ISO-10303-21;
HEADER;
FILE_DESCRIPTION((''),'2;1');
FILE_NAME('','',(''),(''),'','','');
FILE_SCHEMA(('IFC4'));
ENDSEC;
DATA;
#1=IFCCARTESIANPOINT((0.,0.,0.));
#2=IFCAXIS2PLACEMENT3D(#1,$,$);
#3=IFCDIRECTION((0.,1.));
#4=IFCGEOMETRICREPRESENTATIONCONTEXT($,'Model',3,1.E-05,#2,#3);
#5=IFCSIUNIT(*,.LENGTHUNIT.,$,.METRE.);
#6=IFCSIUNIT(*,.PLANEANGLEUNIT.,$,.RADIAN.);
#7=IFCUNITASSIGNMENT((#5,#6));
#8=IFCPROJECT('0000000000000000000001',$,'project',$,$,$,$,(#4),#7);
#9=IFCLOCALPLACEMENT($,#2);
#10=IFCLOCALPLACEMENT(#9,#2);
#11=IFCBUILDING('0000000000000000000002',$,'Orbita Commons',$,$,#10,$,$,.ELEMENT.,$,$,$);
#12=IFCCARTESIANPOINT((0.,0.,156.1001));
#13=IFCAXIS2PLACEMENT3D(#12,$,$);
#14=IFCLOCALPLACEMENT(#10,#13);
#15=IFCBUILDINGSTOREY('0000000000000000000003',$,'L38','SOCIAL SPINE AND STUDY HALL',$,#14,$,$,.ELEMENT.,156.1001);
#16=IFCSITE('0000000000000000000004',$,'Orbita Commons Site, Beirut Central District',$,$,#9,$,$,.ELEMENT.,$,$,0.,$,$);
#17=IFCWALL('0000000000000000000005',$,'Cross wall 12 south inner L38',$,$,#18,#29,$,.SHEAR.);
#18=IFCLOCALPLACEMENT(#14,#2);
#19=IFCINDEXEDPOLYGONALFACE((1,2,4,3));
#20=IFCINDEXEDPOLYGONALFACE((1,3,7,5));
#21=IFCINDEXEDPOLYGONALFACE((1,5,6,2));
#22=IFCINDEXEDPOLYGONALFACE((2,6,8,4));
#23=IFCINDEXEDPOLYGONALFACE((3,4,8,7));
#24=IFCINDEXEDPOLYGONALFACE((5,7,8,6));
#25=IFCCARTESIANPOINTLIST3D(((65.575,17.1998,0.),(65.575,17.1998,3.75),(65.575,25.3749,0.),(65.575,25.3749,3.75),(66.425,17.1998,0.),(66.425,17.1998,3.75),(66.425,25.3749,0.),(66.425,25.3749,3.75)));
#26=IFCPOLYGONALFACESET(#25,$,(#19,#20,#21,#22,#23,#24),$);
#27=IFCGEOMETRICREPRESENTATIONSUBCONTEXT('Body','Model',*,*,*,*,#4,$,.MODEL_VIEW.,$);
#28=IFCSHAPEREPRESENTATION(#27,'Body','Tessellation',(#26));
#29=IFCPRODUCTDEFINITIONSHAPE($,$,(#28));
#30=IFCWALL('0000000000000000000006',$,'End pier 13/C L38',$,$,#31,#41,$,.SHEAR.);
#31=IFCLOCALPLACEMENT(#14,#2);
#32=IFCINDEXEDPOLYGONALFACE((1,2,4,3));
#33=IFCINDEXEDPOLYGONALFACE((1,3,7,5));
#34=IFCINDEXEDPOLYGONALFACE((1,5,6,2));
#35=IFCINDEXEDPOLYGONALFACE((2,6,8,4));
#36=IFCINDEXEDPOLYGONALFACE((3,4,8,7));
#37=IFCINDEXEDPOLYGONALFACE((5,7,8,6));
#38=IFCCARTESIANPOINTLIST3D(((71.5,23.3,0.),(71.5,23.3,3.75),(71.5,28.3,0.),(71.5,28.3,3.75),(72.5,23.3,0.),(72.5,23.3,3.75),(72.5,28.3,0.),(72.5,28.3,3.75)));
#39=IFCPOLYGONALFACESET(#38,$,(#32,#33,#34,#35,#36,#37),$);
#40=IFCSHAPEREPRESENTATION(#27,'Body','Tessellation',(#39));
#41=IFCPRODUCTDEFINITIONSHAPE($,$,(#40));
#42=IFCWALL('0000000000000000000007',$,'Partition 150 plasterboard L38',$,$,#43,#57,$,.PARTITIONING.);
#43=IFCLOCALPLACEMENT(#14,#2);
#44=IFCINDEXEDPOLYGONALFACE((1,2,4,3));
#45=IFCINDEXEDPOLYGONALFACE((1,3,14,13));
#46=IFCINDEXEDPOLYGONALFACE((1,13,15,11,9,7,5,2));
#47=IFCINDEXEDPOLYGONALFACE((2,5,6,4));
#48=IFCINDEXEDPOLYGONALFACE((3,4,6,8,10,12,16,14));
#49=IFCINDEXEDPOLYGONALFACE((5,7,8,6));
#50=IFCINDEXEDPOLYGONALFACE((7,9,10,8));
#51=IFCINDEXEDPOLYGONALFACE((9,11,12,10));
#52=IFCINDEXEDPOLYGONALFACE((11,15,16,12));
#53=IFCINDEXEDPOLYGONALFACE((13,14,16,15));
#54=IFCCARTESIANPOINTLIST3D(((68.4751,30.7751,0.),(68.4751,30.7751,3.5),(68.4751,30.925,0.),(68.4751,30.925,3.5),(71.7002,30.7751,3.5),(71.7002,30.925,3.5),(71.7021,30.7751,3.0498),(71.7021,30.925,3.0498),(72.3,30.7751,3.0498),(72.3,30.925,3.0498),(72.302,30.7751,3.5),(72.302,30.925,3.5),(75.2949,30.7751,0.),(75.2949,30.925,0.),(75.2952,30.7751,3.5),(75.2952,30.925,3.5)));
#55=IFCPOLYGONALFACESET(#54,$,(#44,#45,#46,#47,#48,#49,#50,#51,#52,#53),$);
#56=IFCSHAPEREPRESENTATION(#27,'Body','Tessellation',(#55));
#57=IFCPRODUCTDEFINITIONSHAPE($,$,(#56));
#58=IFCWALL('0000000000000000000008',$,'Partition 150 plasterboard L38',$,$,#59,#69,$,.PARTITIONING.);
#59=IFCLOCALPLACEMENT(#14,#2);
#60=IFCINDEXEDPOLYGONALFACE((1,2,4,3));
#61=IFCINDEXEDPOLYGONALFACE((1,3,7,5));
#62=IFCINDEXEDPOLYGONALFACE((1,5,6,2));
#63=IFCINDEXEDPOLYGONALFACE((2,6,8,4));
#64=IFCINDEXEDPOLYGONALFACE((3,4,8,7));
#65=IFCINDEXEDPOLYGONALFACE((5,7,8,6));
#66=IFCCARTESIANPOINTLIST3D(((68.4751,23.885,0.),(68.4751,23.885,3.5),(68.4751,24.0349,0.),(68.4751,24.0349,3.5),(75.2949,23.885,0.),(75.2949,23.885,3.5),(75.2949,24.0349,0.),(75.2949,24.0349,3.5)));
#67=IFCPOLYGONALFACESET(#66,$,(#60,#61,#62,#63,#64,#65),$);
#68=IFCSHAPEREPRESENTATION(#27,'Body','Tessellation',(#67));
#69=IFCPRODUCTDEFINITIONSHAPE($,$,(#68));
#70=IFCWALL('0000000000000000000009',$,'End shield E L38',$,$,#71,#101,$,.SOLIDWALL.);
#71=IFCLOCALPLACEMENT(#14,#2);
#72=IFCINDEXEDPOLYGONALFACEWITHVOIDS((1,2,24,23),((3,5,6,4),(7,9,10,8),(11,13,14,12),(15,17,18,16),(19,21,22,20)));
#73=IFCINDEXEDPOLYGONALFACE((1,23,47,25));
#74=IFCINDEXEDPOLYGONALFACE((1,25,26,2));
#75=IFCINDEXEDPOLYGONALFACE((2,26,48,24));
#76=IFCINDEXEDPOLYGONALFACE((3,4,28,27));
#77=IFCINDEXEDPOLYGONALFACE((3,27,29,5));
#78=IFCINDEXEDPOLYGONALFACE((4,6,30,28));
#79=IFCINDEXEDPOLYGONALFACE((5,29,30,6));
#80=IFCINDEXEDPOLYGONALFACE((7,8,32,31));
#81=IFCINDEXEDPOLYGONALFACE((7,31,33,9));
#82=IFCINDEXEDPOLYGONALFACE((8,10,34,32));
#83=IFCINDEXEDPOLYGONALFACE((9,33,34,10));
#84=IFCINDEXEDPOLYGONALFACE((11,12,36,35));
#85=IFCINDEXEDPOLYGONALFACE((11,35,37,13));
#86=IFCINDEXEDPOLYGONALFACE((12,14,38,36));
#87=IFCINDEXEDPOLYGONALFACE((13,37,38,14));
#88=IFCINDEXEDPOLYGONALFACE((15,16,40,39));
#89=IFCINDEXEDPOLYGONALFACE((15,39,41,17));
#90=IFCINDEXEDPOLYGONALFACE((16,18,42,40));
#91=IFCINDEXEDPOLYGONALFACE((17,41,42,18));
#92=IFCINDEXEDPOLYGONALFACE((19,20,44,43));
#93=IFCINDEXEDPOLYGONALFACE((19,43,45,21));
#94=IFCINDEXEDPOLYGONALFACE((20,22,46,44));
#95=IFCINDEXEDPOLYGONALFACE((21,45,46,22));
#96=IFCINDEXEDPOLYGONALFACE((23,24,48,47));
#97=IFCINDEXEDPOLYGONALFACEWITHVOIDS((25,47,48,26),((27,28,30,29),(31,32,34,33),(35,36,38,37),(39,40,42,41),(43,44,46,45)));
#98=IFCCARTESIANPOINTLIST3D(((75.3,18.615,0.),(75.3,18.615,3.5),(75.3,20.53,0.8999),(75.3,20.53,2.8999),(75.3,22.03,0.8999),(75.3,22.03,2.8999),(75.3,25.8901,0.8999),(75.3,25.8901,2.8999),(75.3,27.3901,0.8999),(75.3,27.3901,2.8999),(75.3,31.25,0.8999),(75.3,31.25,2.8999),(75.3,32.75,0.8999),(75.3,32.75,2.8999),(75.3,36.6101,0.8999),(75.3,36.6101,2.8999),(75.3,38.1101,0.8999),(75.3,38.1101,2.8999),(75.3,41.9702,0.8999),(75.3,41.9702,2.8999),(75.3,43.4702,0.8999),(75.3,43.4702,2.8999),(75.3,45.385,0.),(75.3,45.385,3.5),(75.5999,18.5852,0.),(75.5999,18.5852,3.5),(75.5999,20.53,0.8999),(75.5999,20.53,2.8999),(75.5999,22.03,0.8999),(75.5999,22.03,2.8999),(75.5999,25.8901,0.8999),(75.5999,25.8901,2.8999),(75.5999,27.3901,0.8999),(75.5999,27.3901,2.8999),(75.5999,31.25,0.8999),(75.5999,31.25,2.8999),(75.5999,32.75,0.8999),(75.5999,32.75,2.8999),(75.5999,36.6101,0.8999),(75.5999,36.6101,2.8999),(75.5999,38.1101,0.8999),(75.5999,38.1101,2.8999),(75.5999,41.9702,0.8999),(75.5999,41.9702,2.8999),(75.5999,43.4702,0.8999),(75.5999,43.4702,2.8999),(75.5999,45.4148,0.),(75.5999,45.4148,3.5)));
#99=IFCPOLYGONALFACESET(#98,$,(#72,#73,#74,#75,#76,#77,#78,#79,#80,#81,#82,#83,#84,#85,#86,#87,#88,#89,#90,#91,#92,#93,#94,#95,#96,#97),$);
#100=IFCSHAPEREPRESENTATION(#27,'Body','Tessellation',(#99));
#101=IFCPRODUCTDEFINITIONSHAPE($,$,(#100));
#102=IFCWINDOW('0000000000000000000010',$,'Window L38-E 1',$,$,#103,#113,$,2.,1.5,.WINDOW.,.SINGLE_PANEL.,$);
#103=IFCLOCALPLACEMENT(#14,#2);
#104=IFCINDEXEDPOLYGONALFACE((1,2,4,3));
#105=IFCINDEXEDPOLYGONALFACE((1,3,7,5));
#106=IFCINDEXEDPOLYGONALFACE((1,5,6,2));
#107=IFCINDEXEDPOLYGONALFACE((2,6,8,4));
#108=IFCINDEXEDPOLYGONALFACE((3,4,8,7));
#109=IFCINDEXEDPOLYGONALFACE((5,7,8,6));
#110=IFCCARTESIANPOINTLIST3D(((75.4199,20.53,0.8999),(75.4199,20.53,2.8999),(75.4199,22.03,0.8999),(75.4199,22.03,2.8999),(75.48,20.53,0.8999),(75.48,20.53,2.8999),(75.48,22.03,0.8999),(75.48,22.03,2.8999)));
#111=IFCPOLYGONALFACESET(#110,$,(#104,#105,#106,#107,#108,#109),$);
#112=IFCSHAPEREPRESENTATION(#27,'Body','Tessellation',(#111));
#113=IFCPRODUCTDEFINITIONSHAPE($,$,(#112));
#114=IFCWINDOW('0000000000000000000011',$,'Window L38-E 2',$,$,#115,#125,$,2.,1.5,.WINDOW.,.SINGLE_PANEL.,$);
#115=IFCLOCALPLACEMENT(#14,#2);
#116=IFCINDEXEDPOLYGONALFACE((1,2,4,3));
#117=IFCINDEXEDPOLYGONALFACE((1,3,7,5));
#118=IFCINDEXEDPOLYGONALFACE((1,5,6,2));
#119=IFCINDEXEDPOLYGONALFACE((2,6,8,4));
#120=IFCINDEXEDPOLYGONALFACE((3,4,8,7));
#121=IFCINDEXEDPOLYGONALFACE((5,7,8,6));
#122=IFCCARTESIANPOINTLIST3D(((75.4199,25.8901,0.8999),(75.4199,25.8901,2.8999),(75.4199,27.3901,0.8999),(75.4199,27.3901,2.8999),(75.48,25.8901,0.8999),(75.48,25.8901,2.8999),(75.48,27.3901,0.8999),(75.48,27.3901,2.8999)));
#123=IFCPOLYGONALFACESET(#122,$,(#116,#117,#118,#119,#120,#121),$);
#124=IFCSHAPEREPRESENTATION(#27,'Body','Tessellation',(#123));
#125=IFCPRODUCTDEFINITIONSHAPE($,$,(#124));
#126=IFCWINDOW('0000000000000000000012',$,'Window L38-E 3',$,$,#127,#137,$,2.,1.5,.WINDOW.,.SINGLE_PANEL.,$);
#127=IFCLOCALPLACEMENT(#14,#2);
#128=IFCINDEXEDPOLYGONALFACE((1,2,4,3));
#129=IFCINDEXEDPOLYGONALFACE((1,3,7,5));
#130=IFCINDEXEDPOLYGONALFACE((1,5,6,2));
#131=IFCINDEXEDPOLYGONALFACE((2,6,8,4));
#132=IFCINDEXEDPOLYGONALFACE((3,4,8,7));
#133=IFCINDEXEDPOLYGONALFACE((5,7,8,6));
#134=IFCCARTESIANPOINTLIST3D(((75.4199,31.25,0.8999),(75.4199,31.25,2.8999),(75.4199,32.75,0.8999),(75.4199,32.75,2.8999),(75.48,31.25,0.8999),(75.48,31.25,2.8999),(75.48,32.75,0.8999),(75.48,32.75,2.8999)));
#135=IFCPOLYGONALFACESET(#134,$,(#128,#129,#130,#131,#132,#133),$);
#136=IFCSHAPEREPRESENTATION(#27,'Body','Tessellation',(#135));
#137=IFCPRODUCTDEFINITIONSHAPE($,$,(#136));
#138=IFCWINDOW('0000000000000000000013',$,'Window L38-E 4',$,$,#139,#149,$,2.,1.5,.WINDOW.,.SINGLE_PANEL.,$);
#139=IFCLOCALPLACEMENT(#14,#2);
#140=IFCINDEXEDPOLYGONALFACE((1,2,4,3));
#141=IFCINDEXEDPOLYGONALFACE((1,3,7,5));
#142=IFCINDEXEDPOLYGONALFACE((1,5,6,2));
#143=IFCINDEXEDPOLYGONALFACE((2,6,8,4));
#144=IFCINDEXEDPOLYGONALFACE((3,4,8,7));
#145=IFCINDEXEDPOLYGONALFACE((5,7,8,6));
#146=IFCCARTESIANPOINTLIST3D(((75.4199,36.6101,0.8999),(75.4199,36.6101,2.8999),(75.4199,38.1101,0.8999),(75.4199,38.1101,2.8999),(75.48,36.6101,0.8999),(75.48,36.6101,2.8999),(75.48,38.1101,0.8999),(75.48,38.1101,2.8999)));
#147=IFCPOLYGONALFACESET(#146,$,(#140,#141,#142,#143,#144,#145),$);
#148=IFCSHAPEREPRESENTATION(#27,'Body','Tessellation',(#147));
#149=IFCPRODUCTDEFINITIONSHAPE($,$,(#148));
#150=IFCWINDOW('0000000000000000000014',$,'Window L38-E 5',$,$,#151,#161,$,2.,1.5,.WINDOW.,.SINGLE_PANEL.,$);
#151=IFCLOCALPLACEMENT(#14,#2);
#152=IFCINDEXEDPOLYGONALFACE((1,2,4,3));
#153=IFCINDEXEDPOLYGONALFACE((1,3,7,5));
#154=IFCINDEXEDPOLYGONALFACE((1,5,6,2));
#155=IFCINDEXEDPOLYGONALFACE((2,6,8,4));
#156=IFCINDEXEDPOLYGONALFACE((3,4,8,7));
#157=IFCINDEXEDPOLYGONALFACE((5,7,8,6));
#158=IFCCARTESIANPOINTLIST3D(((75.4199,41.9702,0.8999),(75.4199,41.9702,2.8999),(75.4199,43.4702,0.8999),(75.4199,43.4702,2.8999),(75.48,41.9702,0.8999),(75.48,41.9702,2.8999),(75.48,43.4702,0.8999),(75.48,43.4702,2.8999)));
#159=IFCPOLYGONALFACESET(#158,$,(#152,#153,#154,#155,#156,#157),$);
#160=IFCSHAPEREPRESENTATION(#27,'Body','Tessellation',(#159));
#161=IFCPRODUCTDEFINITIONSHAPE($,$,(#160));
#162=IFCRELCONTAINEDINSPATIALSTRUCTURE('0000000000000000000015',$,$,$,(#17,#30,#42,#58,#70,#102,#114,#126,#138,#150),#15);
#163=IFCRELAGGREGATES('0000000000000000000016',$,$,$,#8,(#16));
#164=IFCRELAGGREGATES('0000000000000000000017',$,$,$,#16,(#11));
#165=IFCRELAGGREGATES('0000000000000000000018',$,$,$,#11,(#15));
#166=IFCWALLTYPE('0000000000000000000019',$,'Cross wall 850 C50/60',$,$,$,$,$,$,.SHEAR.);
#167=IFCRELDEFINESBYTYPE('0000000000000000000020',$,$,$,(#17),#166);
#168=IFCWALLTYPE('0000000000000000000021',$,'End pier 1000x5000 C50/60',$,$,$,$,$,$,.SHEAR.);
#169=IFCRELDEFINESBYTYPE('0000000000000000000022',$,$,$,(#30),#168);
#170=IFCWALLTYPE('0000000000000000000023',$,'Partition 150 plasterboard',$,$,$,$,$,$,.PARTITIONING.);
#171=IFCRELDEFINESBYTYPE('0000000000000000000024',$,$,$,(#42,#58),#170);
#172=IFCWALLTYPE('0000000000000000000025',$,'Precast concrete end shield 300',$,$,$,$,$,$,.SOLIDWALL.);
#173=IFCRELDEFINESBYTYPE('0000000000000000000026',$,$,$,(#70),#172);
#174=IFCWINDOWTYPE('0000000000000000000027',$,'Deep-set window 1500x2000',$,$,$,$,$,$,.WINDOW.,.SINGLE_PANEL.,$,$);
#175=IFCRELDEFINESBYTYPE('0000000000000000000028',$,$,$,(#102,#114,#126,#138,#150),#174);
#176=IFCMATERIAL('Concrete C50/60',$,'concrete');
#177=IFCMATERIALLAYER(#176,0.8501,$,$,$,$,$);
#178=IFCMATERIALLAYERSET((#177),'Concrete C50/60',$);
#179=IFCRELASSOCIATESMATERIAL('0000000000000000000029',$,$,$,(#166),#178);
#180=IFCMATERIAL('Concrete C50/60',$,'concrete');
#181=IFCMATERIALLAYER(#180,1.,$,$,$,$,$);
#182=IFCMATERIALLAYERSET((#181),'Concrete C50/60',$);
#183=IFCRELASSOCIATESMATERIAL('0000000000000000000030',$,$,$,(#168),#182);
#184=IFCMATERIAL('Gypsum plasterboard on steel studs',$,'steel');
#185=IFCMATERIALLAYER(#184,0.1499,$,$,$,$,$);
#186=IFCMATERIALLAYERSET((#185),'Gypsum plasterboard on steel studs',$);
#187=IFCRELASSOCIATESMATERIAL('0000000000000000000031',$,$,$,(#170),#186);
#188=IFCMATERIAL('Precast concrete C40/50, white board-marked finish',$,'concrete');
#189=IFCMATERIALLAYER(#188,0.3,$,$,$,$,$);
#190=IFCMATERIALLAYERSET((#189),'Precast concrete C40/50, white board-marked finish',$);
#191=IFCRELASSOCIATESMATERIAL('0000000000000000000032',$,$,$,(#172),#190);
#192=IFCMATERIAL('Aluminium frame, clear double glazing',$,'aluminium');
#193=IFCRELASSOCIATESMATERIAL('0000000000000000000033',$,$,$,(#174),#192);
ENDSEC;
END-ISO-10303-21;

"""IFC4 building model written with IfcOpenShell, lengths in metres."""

from ifc_helpers import new_model, si_unit, direction, frame, frame_2d, origin, place, context, subcontext, project, spatial, polyline, rectangle, outline, extrude, material, layer, layer_set, type_object, element, fill, save


model = new_model("IFC4")

# Units and contexts
model_context = context("Model", 3, precision=1e-05, world=origin(), true_north=direction((0.0, 1.0)))
body_context = subcontext(model_context, "Body", "Model", "MODEL_VIEW")
ifc_project = project(units=[si_unit("LENGTHUNIT", "METRE"), si_unit("PLANEANGLEUNIT", "RADIAN")], contexts=[model_context])

# Site, building, storey
site_placement = place(None, origin())
site = spatial("IfcSite", under=ifc_project, at=site_placement, Name="Orbita Commons Site, Beirut Central District", CompositionType="ELEMENT", RefElevation=0.0)
building_placement = place(site_placement, origin())
building = spatial("IfcBuilding", under=site, at=building_placement, Name="Orbita Commons", CompositionType="ELEMENT")
storey_placement = place(building_placement, frame((0.0, 0.0, 156.1001)))
storey = spatial("IfcBuildingStorey", under=building, at=storey_placement, Name="L38", Description="SOCIAL SPINE AND STUDY HALL", CompositionType="ELEMENT", Elevation=156.1001)

# Walls
ifc_material_1 = material(Name="Concrete C50/60", Category="concrete")
ifc_layer_1 = layer(ifc_material_1, 0.8501)
ifc_layer_set_1 = layer_set([ifc_layer_1], Name="Concrete C50/60")
wall_type_1 = type_object("IfcWallType", Name="Cross wall 850 C50/60", PredefinedType="SHEAR", material=ifc_layer_set_1)
wall_1_placement = place(storey_placement, frame((66.0, 17.2, 0.0), z_axis=(0.0, 0.0, 1.0), x_axis=(0.0, 1.0, 0.0)))
element("IfcWall", 1, at=wall_1_placement, inside=storey, type_object=wall_type_1, Name="Cross wall 12 south inner L38", PredefinedType="SHEAR", context=body_context, shape_type="SweptSolid", body=[
    extrude(rectangle(XDim=8.175, YDim=0.8501, at=frame_2d((4.0874, 0.0))), origin(), (0.0, 0.0, 1.0), 3.75),
])
ifc_material_2 = material(Name="Concrete C50/60", Category="concrete")
ifc_layer_2 = layer(ifc_material_2, 1.0)
ifc_layer_set_2 = layer_set([ifc_layer_2], Name="Concrete C50/60")
wall_type_2 = type_object("IfcWallType", Name="End pier 1000x5000 C50/60", PredefinedType="SHEAR", material=ifc_layer_set_2)
wall_2_placement = place(storey_placement, frame((72.0, 23.3, 0.0), z_axis=(0.0, 0.0, 1.0), x_axis=(0.0, 1.0, 0.0)))
element("IfcWall", 2, at=wall_2_placement, inside=storey, type_object=wall_type_2, Name="End pier 13/C L38", PredefinedType="SHEAR", context=body_context, shape_type="SweptSolid", body=[
    extrude(rectangle(XDim=5.0, YDim=1.0, at=frame_2d((2.5, 0.0))), origin(), (0.0, 0.0, 1.0), 3.75),
])
ifc_material_3 = material(Name="Gypsum plasterboard on steel studs", Category="steel")
ifc_layer_3 = layer(ifc_material_3, 0.1499)
ifc_layer_set_3 = layer_set([ifc_layer_3], Name="Gypsum plasterboard on steel studs")
wall_type_3 = type_object("IfcWallType", Name="Partition 150 plasterboard", PredefinedType="PARTITIONING", material=ifc_layer_set_3)
wall_3_placement = place(storey_placement, frame((68.4751, 30.8501, 0.0), z_axis=(0.0, 0.0, 1.0), x_axis=(1.0, 0.0, 0.0)))
element("IfcWall", 3, at=wall_3_placement, inside=storey, type_object=wall_type_3, Name="Partition 150 plasterboard L38", PredefinedType="PARTITIONING", context=body_context, shape_type="SweptSolid", body=[
    extrude(outline(polyline([(0.0, 0.0), (6.8198, 0.0), (6.8201, 3.5), (3.8269, 3.5), (3.825, 3.0498), (3.2271, 3.0498), (3.2251, 3.5), (0.0, 3.5), (0.0, 0.0)])), frame((0.0, 0.075, 0.0), z_axis=(0.0, -1.0, 0.0), x_axis=(1.0, 0.0, 0.0)), (0.0, 0.0, 1.0), 0.1499),
])
wall_4_placement = place(storey_placement, frame((68.4751, 23.96, 0.0), z_axis=(0.0, 0.0, 1.0), x_axis=(1.0, 0.0, 0.0)))
element("IfcWall", 4, at=wall_4_placement, inside=storey, type_object=wall_type_3, Name="Partition 150 plasterboard L38", PredefinedType="PARTITIONING", context=body_context, shape_type="SweptSolid", body=[
    extrude(rectangle(XDim=6.8198, YDim=0.1499, at=frame_2d((3.4099, 0.0))), origin(), (0.0, 0.0, 1.0), 3.5),
])

# Wall, openings, windows
ifc_material_4 = material(Name="Precast concrete C40/50, white board-marked finish", Category="concrete")
ifc_layer_4 = layer(ifc_material_4, 0.3)
ifc_layer_set_4 = layer_set([ifc_layer_4], Name="Precast concrete C40/50, white board-marked finish")
wall_type_4 = type_object("IfcWallType", Name="Precast concrete end shield 300", PredefinedType="SOLIDWALL", material=ifc_layer_set_4)
wall_5_placement = place(storey_placement, frame((75.45, 18.6001, 0.0), z_axis=(0.0, 0.0, 1.0), x_axis=(0.0, 1.0, 0.0)))
wall_5 = element("IfcWall", 5, at=wall_5_placement, inside=storey, type_object=wall_type_4, Name="End shield E L38", PredefinedType="SOLIDWALL", context=body_context, shape_type="SweptSolid", body=[
    extrude(outline(polyline([(-0.0149, -0.1499), (26.8147, -0.1499), (26.7849, 0.1499), (0.0149, 0.1499), (-0.0149, -0.1499)])), origin(), (0.0, 0.0, 1.0), 3.5),
])
opening_1_placement = place(wall_5_placement, frame((1.9299, 0.0, 0.8999)))
opening_1 = element("IfcOpeningElement", 6, at=opening_1_placement, cuts=wall_5, PredefinedType="OPENING", context=body_context, shape_type="SweptSolid", body=[
    extrude(rectangle(XDim=1.5, YDim=2.0, at=frame_2d((0.75, 1.0))), frame((0.0, 0.1599, 0.0), z_axis=(0.0, -1.0, 0.0), x_axis=(1.0, 0.0, 0.0)), (0.0, 0.0, 1.0), 0.3201),
])
opening_2_placement = place(wall_5_placement, frame((7.29, 0.0, 0.8999)))
opening_2 = element("IfcOpeningElement", 7, at=opening_2_placement, cuts=wall_5, PredefinedType="OPENING", context=body_context, shape_type="SweptSolid", body=[
    extrude(rectangle(XDim=1.5, YDim=2.0, at=frame_2d((0.75, 1.0))), frame((0.0, 0.1599, 0.0), z_axis=(0.0, -1.0, 0.0), x_axis=(1.0, 0.0, 0.0)), (0.0, 0.0, 1.0), 0.3201),
])
opening_3_placement = place(wall_5_placement, frame((12.6499, 0.0, 0.8999)))
opening_3 = element("IfcOpeningElement", 8, at=opening_3_placement, cuts=wall_5, PredefinedType="OPENING", context=body_context, shape_type="SweptSolid", body=[
    extrude(rectangle(XDim=1.5, YDim=2.0, at=frame_2d((0.75, 1.0))), frame((0.0, 0.1599, 0.0), z_axis=(0.0, -1.0, 0.0), x_axis=(1.0, 0.0, 0.0)), (0.0, 0.0, 1.0), 0.3201),
])
opening_4_placement = place(wall_5_placement, frame((18.01, 0.0, 0.8999)))
opening_4 = element("IfcOpeningElement", 9, at=opening_4_placement, cuts=wall_5, PredefinedType="OPENING", context=body_context, shape_type="SweptSolid", body=[
    extrude(rectangle(XDim=1.5, YDim=2.0, at=frame_2d((0.75, 1.0))), frame((0.0, 0.1599, 0.0), z_axis=(0.0, -1.0, 0.0), x_axis=(1.0, 0.0, 0.0)), (0.0, 0.0, 1.0), 0.3201),
])
opening_5_placement = place(wall_5_placement, frame((23.3701, 0.0, 0.8999)))
opening_5 = element("IfcOpeningElement", 10, at=opening_5_placement, cuts=wall_5, PredefinedType="OPENING", context=body_context, shape_type="SweptSolid", body=[
    extrude(rectangle(XDim=1.5, YDim=2.0, at=frame_2d((0.75, 1.0))), frame((0.0, 0.1599, 0.0), z_axis=(0.0, -1.0, 0.0), x_axis=(1.0, 0.0, 0.0)), (0.0, 0.0, 1.0), 0.3201),
])
ifc_material_5 = material(Name="Aluminium frame, clear double glazing", Category="aluminium")
window_type_1 = type_object("IfcWindowType", Name="Deep-set window 1500x2000", PartitioningType="SINGLE_PANEL", PredefinedType="WINDOW", material=ifc_material_5)
window_1_placement = place(opening_1_placement, origin())
window_1 = element("IfcWindow", 11, at=window_1_placement, inside=storey, type_object=window_type_1, Name="Window L38-E 1", OverallHeight=2.0, OverallWidth=1.5, PartitioningType="SINGLE_PANEL", PredefinedType="WINDOW", context=body_context, shape_type="SweptSolid", body=[
    extrude(rectangle(XDim=1.5, YDim=2.0, at=frame_2d((0.75, 1.0))), frame((0.0, 0.03, 0.0), z_axis=(0.0, -1.0, 0.0), x_axis=(1.0, 0.0, 0.0)), (0.0, 0.0, 1.0), 0.0601),
])
fill(opening_1, window_1)
window_2_placement = place(opening_2_placement, origin())
window_2 = element("IfcWindow", 12, at=window_2_placement, inside=storey, type_object=window_type_1, Name="Window L38-E 2", OverallHeight=2.0, OverallWidth=1.5, PartitioningType="SINGLE_PANEL", PredefinedType="WINDOW", context=body_context, shape_type="SweptSolid", body=[
    extrude(rectangle(XDim=1.5, YDim=2.0, at=frame_2d((0.75, 1.0))), frame((0.0, 0.03, 0.0), z_axis=(0.0, -1.0, 0.0), x_axis=(1.0, 0.0, 0.0)), (0.0, 0.0, 1.0), 0.0601),
])
fill(opening_2, window_2)
window_3_placement = place(opening_3_placement, origin())
window_3 = element("IfcWindow", 13, at=window_3_placement, inside=storey, type_object=window_type_1, Name="Window L38-E 3", OverallHeight=2.0, OverallWidth=1.5, PartitioningType="SINGLE_PANEL", PredefinedType="WINDOW", context=body_context, shape_type="SweptSolid", body=[
    extrude(rectangle(XDim=1.5, YDim=2.0, at=frame_2d((0.75, 1.0))), frame((0.0, 0.03, 0.0), z_axis=(0.0, -1.0, 0.0), x_axis=(1.0, 0.0, 0.0)), (0.0, 0.0, 1.0), 0.0601),
])
fill(opening_3, window_3)
window_4_placement = place(opening_4_placement, origin())
window_4 = element("IfcWindow", 14, at=window_4_placement, inside=storey, type_object=window_type_1, Name="Window L38-E 4", OverallHeight=2.0, OverallWidth=1.5, PartitioningType="SINGLE_PANEL", PredefinedType="WINDOW", context=body_context, shape_type="SweptSolid", body=[
    extrude(rectangle(XDim=1.5, YDim=2.0, at=frame_2d((0.75, 1.0))), frame((0.0, 0.03, 0.0), z_axis=(0.0, -1.0, 0.0), x_axis=(1.0, 0.0, 0.0)), (0.0, 0.0, 1.0), 0.0601),
])
fill(opening_4, window_4)
window_5_placement = place(opening_5_placement, origin())
window_5 = element("IfcWindow", 15, at=window_5_placement, inside=storey, type_object=window_type_1, Name="Window L38-E 5", OverallHeight=2.0, OverallWidth=1.5, PartitioningType="SINGLE_PANEL", PredefinedType="WINDOW", context=body_context, shape_type="SweptSolid", body=[
    extrude(rectangle(XDim=1.5, YDim=2.0, at=frame_2d((0.75, 1.0))), frame((0.0, 0.03, 0.0), z_axis=(0.0, -1.0, 0.0), x_axis=(1.0, 0.0, 0.0)), (0.0, 0.0, 1.0), 0.0601),
])
fill(opening_5, window_5)

save(model, "model.ifc")
